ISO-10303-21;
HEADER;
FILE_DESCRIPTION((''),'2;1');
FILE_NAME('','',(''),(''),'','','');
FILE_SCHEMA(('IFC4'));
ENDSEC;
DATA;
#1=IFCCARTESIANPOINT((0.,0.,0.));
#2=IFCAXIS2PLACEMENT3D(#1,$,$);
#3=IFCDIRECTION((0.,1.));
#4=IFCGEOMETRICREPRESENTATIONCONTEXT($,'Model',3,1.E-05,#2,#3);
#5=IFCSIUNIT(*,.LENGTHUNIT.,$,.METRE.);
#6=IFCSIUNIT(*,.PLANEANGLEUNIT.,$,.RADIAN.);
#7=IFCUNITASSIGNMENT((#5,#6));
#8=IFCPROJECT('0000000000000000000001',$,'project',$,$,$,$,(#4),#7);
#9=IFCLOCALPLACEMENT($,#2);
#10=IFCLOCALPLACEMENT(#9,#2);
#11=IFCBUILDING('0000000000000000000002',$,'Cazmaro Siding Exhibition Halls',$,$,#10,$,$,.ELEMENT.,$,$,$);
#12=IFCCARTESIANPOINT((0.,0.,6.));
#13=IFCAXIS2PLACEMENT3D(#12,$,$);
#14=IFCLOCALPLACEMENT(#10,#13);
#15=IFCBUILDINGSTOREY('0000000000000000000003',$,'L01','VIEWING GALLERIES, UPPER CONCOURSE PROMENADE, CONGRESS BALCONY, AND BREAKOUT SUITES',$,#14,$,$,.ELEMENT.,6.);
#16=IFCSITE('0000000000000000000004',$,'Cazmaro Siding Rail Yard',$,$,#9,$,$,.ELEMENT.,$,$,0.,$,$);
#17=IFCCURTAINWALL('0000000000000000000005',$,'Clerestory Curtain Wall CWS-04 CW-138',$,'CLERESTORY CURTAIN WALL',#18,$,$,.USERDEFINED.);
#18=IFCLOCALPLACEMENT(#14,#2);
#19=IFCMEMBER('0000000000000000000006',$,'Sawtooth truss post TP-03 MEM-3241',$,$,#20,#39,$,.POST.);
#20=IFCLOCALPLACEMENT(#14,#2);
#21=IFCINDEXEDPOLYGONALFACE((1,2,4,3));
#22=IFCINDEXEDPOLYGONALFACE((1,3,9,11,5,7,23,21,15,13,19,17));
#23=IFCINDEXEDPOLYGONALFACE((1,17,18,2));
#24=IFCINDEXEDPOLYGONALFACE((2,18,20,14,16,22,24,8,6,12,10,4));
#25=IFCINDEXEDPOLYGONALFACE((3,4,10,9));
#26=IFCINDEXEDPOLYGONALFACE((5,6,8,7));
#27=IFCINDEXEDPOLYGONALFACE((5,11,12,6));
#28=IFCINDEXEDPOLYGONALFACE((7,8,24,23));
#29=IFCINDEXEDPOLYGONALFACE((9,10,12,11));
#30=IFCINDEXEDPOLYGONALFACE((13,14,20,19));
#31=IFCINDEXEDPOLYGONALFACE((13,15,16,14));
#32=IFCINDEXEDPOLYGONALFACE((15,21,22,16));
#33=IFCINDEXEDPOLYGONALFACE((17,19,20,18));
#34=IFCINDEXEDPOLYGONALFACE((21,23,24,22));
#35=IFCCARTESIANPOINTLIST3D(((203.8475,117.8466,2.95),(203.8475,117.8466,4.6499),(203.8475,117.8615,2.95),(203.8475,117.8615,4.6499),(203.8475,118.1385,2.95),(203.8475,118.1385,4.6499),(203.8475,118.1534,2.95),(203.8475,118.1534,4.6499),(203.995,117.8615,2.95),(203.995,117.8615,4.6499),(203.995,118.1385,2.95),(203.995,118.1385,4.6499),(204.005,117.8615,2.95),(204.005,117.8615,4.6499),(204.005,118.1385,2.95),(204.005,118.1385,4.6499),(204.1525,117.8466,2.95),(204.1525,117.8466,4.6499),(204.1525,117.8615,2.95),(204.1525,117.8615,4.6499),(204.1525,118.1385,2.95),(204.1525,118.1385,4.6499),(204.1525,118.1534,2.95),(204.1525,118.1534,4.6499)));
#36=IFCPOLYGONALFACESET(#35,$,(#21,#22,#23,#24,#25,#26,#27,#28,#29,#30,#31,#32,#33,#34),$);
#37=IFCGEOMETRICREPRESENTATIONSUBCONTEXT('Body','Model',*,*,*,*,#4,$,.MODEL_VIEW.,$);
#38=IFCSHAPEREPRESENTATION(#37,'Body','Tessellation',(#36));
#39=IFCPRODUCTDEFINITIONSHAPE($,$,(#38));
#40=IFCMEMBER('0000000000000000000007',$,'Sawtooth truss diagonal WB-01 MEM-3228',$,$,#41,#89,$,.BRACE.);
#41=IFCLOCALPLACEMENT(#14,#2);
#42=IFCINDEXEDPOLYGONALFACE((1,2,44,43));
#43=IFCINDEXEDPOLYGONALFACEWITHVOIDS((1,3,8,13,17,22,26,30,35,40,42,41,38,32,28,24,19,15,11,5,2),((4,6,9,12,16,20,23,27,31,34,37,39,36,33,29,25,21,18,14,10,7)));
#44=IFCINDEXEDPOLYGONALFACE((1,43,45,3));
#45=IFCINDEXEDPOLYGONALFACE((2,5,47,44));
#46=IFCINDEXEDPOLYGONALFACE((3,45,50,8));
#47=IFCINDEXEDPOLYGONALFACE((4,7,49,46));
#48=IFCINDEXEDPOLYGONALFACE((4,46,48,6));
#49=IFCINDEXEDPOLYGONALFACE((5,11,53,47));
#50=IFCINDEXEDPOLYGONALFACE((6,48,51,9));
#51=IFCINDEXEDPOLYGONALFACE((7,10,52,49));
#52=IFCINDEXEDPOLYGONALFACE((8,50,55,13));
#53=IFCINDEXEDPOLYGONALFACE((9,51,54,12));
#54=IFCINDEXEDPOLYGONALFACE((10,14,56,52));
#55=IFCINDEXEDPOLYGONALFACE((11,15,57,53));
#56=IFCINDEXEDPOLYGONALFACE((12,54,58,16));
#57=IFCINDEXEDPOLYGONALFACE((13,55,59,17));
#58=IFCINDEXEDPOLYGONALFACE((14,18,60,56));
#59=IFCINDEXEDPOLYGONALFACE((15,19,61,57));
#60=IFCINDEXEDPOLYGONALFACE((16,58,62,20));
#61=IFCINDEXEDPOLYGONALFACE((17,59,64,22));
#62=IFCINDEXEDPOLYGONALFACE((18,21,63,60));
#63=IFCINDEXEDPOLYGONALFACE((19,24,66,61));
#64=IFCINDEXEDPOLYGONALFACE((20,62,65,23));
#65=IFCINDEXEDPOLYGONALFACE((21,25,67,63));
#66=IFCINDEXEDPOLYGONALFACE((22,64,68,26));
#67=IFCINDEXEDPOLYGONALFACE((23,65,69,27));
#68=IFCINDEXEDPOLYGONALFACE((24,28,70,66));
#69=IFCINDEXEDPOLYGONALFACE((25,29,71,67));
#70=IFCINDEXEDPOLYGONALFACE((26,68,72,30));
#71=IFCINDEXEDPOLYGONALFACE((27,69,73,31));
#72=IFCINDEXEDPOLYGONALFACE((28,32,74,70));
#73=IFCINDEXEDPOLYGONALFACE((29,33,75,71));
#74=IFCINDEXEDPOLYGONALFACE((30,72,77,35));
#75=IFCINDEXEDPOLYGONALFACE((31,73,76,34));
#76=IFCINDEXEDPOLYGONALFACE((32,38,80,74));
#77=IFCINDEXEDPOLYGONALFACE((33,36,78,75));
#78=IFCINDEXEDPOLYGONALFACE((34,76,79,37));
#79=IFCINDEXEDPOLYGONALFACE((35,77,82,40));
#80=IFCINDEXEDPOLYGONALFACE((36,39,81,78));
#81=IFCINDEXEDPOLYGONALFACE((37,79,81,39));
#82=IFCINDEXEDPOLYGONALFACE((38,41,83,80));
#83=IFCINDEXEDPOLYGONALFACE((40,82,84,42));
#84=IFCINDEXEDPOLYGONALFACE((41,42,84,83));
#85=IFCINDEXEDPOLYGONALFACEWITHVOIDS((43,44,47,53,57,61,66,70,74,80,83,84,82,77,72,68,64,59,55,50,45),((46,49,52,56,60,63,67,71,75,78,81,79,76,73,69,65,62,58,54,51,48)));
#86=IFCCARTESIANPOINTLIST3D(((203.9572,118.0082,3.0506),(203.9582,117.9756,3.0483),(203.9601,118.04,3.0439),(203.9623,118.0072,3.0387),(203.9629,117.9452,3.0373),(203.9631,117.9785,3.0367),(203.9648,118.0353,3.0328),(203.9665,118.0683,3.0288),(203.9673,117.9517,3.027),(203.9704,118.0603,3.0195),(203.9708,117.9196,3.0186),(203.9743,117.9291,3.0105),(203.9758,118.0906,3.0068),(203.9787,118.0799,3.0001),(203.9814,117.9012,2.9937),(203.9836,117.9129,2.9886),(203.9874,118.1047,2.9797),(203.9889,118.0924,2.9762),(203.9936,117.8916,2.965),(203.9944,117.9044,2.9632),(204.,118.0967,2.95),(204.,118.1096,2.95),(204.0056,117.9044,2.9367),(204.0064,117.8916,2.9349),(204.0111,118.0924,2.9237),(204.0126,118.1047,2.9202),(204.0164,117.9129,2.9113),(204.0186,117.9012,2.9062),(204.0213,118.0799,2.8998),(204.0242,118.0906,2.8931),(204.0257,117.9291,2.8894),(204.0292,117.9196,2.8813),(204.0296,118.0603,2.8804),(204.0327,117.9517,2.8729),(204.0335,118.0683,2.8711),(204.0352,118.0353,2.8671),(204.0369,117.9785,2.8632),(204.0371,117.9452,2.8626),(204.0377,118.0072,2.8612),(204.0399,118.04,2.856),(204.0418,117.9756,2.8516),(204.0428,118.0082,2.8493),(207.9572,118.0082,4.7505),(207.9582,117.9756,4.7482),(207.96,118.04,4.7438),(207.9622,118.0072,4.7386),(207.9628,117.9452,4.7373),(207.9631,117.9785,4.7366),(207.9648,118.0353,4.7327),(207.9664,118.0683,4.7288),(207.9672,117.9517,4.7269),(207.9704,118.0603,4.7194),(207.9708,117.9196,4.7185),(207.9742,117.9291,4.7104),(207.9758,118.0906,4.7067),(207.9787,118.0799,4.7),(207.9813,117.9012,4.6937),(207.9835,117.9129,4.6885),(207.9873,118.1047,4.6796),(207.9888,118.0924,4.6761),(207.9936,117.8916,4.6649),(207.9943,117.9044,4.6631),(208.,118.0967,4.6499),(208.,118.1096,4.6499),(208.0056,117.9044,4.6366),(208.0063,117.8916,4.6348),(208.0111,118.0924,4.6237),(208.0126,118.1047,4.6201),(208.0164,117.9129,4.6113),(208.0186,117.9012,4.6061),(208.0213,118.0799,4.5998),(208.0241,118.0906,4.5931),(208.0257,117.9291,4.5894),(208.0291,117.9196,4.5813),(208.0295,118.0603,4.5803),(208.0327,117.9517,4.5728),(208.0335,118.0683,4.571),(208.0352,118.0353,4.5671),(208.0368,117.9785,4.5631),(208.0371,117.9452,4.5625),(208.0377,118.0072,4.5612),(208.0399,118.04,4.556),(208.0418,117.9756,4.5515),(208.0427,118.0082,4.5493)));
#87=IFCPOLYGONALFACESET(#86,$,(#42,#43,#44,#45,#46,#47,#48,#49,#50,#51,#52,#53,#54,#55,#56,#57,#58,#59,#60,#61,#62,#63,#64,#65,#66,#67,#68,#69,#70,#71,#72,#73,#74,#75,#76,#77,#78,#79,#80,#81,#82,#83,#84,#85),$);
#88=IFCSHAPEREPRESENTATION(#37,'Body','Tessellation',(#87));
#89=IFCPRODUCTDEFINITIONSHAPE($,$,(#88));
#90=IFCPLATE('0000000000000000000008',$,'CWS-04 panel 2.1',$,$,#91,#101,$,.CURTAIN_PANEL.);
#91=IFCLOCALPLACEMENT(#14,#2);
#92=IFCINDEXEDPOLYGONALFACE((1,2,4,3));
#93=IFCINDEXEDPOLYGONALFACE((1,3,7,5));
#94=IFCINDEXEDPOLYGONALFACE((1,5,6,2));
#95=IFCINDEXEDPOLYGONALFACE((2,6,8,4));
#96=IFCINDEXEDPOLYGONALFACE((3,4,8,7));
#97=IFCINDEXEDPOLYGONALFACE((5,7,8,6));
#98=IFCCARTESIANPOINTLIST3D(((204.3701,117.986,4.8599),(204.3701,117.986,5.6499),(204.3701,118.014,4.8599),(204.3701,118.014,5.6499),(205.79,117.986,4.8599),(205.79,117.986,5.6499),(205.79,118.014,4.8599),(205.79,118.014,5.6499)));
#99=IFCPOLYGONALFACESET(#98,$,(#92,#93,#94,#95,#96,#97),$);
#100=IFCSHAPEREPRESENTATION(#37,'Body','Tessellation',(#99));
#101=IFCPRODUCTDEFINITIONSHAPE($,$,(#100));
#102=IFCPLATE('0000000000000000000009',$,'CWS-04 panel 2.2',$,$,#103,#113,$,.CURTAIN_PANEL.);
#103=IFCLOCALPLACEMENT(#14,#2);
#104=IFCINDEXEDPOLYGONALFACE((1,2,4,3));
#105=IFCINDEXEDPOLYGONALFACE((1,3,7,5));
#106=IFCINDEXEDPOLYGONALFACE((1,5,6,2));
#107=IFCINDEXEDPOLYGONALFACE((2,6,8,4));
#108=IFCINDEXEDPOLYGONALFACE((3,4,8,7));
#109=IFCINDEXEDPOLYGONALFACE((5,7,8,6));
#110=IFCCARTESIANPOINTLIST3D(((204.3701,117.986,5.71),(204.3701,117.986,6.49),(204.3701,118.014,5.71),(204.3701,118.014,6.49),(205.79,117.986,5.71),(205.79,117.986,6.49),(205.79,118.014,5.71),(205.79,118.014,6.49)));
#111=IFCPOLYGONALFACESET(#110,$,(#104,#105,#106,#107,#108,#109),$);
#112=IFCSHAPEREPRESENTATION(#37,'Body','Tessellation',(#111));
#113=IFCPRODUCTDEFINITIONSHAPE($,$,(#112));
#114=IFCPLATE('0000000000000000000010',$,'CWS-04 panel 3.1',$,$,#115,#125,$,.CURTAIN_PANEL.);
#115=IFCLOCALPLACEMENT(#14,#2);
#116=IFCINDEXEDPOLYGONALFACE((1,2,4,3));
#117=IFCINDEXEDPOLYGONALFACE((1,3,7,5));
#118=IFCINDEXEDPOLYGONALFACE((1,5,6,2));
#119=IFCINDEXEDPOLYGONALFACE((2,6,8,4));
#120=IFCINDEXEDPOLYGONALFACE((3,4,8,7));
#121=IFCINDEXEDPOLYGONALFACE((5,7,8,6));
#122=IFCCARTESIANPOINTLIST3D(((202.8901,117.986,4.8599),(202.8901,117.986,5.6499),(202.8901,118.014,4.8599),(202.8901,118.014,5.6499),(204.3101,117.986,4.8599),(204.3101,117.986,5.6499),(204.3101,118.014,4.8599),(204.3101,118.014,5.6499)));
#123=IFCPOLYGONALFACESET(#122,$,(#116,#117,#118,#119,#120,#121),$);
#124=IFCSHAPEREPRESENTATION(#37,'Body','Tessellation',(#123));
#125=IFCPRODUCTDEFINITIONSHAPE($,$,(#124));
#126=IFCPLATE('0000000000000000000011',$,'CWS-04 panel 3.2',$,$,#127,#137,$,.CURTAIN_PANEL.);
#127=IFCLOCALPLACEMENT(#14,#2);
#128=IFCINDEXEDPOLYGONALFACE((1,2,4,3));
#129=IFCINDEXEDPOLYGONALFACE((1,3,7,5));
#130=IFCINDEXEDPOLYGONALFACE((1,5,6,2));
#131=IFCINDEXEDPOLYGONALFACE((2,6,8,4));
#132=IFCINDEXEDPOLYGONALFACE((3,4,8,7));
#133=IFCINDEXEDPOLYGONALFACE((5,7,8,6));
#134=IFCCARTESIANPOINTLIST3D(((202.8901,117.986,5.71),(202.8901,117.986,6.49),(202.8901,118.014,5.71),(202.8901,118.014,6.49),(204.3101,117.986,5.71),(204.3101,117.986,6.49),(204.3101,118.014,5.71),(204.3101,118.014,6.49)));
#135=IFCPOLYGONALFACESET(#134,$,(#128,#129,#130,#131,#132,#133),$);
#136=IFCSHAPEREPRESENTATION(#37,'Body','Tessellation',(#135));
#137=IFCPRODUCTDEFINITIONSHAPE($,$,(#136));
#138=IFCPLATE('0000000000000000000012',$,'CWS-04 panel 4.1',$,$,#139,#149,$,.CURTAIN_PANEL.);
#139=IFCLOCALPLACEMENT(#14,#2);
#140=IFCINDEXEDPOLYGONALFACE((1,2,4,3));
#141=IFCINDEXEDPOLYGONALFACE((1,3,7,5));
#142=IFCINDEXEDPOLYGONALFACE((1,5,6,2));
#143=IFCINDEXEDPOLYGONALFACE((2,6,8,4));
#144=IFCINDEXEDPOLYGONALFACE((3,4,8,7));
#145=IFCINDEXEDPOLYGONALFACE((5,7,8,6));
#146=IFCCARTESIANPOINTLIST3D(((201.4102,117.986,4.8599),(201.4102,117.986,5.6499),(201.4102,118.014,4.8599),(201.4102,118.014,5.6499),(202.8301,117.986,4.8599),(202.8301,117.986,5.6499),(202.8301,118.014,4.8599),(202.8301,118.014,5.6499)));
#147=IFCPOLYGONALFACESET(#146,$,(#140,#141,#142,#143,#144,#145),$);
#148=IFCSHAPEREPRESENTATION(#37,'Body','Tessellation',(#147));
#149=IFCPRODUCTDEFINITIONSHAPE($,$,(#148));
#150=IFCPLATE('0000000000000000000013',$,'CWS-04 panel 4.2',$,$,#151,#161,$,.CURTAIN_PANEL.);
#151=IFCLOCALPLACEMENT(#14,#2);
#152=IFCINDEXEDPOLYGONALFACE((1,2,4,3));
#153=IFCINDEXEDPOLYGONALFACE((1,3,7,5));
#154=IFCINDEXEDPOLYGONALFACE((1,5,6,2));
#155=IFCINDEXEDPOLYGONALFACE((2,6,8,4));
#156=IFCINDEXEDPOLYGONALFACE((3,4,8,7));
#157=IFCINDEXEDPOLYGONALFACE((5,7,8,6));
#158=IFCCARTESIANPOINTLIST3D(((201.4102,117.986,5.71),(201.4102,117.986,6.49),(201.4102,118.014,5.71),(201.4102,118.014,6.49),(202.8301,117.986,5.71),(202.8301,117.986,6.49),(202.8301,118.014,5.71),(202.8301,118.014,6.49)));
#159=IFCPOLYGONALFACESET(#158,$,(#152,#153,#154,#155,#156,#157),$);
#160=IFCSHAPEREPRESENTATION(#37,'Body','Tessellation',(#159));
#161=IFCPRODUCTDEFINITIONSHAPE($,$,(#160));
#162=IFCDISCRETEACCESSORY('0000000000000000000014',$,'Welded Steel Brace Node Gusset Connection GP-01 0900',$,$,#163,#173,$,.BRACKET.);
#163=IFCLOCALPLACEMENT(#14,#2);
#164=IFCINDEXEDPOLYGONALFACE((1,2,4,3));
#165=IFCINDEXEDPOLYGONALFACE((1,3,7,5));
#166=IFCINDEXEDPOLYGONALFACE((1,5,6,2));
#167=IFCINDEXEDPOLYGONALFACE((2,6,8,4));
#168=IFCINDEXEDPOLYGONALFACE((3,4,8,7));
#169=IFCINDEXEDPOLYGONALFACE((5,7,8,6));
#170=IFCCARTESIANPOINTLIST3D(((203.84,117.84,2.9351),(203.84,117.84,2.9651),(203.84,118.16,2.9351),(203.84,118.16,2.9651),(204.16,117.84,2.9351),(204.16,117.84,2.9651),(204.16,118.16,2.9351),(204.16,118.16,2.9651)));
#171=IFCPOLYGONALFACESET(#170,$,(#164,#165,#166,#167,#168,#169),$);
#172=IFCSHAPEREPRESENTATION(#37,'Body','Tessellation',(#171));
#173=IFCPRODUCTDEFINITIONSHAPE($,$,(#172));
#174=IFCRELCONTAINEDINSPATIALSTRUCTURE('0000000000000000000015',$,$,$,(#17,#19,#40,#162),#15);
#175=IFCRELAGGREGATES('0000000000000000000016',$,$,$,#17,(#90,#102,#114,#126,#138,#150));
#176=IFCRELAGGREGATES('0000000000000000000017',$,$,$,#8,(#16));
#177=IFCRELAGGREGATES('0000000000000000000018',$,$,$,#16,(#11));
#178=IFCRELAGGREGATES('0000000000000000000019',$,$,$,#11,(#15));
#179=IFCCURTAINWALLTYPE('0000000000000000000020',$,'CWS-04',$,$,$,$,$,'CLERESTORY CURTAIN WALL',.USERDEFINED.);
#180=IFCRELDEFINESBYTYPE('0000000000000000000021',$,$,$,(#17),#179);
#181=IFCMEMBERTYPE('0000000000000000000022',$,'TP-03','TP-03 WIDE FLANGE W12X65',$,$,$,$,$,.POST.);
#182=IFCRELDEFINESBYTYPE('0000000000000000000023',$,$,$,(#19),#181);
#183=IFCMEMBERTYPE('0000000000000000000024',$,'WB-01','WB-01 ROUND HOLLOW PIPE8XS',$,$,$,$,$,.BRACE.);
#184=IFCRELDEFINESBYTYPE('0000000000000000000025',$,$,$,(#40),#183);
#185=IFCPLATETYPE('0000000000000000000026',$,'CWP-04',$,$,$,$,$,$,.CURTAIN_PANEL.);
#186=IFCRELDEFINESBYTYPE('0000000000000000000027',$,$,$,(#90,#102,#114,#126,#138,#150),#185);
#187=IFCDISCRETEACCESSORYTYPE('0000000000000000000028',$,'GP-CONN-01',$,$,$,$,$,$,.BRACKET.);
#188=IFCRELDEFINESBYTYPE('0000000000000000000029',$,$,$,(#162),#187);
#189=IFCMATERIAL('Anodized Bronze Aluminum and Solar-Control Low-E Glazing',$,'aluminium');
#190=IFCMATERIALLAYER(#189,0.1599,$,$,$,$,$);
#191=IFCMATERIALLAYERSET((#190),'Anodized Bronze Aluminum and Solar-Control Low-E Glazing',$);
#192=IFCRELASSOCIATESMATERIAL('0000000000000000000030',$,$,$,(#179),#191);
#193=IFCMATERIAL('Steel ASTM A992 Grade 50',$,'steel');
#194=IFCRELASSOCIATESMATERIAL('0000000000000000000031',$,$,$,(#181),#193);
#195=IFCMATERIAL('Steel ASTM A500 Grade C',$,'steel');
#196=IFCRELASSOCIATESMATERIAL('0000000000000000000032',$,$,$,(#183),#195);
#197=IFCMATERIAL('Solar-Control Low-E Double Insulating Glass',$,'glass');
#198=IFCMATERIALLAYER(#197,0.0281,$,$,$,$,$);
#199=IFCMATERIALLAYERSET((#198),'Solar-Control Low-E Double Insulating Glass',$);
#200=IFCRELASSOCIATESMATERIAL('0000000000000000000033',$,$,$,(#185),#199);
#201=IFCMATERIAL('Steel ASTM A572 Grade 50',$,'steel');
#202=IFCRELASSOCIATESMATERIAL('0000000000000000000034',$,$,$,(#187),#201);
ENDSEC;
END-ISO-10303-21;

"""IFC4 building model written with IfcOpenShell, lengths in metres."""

from ifc_helpers import new_model, si_unit, direction, frame, origin, origin_2d, place, context, subcontext, project, spatial, rectangle, hollow_circle, i_section, extrude, material, layer, layer_set, material_profile, profile_set, type_object, element, aggregate, save


model = new_model("IFC4")

# Units and contexts
model_context = context("Model", 3, precision=1e-05, world=origin(), true_north=direction((0.0, 1.0)))
body_context = subcontext(model_context, "Body", "Model", "MODEL_VIEW")
ifc_project = project(units=[si_unit("LENGTHUNIT", "METRE"), si_unit("PLANEANGLEUNIT", "RADIAN")], contexts=[model_context])

# Site, building, storey
site_placement = place(None, origin())
site = spatial("IfcSite", under=ifc_project, at=site_placement, Name="Cazmaro Siding Rail Yard", CompositionType="ELEMENT", RefElevation=0.0)
building_placement = place(site_placement, origin())
building = spatial("IfcBuilding", under=site, at=building_placement, Name="Cazmaro Siding Exhibition Halls", CompositionType="ELEMENT")
storey_placement = place(building_placement, frame((0.0, 0.0, 6.0)))
storey = spatial("IfcBuildingStorey", under=building, at=storey_placement, Name="L01", Description="VIEWING GALLERIES, UPPER CONCOURSE PROMENADE, CONGRESS BALCONY, AND BREAKOUT SUITES", CompositionType="ELEMENT", Elevation=6.0)

# Curtain wall
ifc_material_1 = material(Name="Anodized Bronze Aluminum and Solar-Control Low-E Glazing", Category="aluminium")
ifc_layer_1 = layer(ifc_material_1, 0.1599)
ifc_layer_set_1 = layer_set([ifc_layer_1], Name="Anodized Bronze Aluminum and Solar-Control Low-E Glazing")
curtain_wall_type = type_object("IfcCurtainWallType", Name="CWS-04", ElementType="CLERESTORY CURTAIN WALL", PredefinedType="USERDEFINED", material=ifc_layer_set_1)
curtain_wall_placement = place(storey_placement, origin())
curtain_wall = element("IfcCurtainWall", 1, at=curtain_wall_placement, inside=storey, type_object=curtain_wall_type, Name="Clerestory Curtain Wall CWS-04 CW-138", ObjectType="CLERESTORY CURTAIN WALL", PredefinedType="USERDEFINED")

# Members
ifc_material_2 = material(Name="Steel ASTM A992 Grade 50", Category="steel")
ifc_material_profile_1 = material_profile(ifc_material_2, i_section(OverallWidth=0.3049, OverallDepth=0.3069, WebThickness=0.01, FlangeThickness=0.0149, at=origin_2d()), Name="W12X65")
ifc_profile_set_1 = profile_set([ifc_material_profile_1], Name="Steel ASTM A992 Grade 50")
member_type_1 = type_object("IfcMemberType", Name="TP-03", Description="TP-03 WIDE FLANGE W12X65", PredefinedType="POST", material=ifc_profile_set_1)
member_1_placement = place(storey_placement, frame((204.0, 118.0, 2.95), z_axis=(0.0, 0.0, 1.0), x_axis=(1.0, 0.0, 0.0)))
element("IfcMember", 2, at=member_1_placement, inside=storey, type_object=member_type_1, Name="Sawtooth truss post TP-03 MEM-3241", PredefinedType="POST", context=body_context, shape_type="SweptSolid", body=[
    extrude(i_section(OverallWidth=0.3049, OverallDepth=0.3069, WebThickness=0.01, FlangeThickness=0.0149, at=origin_2d()), origin(), (0.0, 0.0, 1.0), 1.7),
])
ifc_material_3 = material(Name="Steel ASTM A500 Grade C", Category="steel")
ifc_material_profile_2 = material_profile(ifc_material_3, hollow_circle(Radius=0.1096, WallThickness=0.0129, at=origin_2d()), Name="PIPE8XS")
ifc_profile_set_2 = profile_set([ifc_material_profile_2], Name="Steel ASTM A500 Grade C")
member_type_2 = type_object("IfcMemberType", Name="WB-01", Description="WB-01 ROUND HOLLOW PIPE8XS", PredefinedType="BRACE", material=ifc_profile_set_2)
member_2_placement = place(storey_placement, frame((204.0, 118.0, 2.95), z_axis=(0.920335, 0.0, 0.391131), x_axis=(0.0, 1.0, 0.0)))
element("IfcMember", 3, at=member_2_placement, inside=storey, type_object=member_type_2, Name="Sawtooth truss diagonal WB-01 MEM-3228", PredefinedType="BRACE", context=body_context, shape_type="SweptSolid", body=[
    extrude(hollow_circle(Radius=0.1096, WallThickness=0.0129, at=origin_2d()), origin(), (0.0, 0.0, 1.0), 4.3462),
])

# Plates
ifc_material_4 = material(Name="Solar-Control Low-E Double Insulating Glass", Category="glass")
ifc_layer_2 = layer(ifc_material_4, 0.0281)
ifc_layer_set_2 = layer_set([ifc_layer_2], Name="Solar-Control Low-E Double Insulating Glass")
plate_type = type_object("IfcPlateType", Name="CWP-04", PredefinedType="CURTAIN_PANEL", material=ifc_layer_set_2)
plate_1_placement = place(storey_placement, frame((205.0801, 118.0, 4.8599), z_axis=(0.0, 0.0, 1.0), x_axis=(-1.0, 0.0, 0.0)))
plate_1 = element("IfcPlate", 4, at=plate_1_placement, type_object=plate_type, Name="CWS-04 panel 2.1", PredefinedType="CURTAIN_PANEL", context=body_context, shape_type="SweptSolid", body=[
    extrude(rectangle(XDim=1.4199, YDim=0.0281, at=origin_2d()), origin(), (0.0, 0.0, 1.0), 0.79),
])
plate_2_placement = place(storey_placement, frame((205.0801, 118.0, 5.71), z_axis=(0.0, 0.0, 1.0), x_axis=(-1.0, 0.0, 0.0)))
plate_2 = element("IfcPlate", 5, at=plate_2_placement, type_object=plate_type, Name="CWS-04 panel 2.2", PredefinedType="CURTAIN_PANEL", context=body_context, shape_type="SweptSolid", body=[
    extrude(rectangle(XDim=1.4199, YDim=0.0281, at=origin_2d()), origin(), (0.0, 0.0, 1.0), 0.78),
])
plate_3_placement = place(storey_placement, frame((203.6001, 118.0, 4.8599), z_axis=(0.0, 0.0, 1.0), x_axis=(-1.0, 0.0, 0.0)))
plate_3 = element("IfcPlate", 6, at=plate_3_placement, type_object=plate_type, Name="CWS-04 panel 3.1", PredefinedType="CURTAIN_PANEL", context=body_context, shape_type="SweptSolid", body=[
    extrude(rectangle(XDim=1.4199, YDim=0.0281, at=origin_2d()), origin(), (0.0, 0.0, 1.0), 0.79),
])
plate_4_placement = place(storey_placement, frame((203.6001, 118.0, 5.71), z_axis=(0.0, 0.0, 1.0), x_axis=(-1.0, 0.0, 0.0)))
plate_4 = element("IfcPlate", 7, at=plate_4_placement, type_object=plate_type, Name="CWS-04 panel 3.2", PredefinedType="CURTAIN_PANEL", context=body_context, shape_type="SweptSolid", body=[
    extrude(rectangle(XDim=1.4199, YDim=0.0281, at=origin_2d()), origin(), (0.0, 0.0, 1.0), 0.78),
])
plate_5_placement = place(storey_placement, frame((202.1201, 118.0, 4.8599), z_axis=(0.0, 0.0, 1.0), x_axis=(-1.0, 0.0, 0.0)))
plate_5 = element("IfcPlate", 8, at=plate_5_placement, type_object=plate_type, Name="CWS-04 panel 4.1", PredefinedType="CURTAIN_PANEL", context=body_context, shape_type="SweptSolid", body=[
    extrude(rectangle(XDim=1.4199, YDim=0.0281, at=origin_2d()), origin(), (0.0, 0.0, 1.0), 0.79),
])
plate_6_placement = place(storey_placement, frame((202.1201, 118.0, 5.71), z_axis=(0.0, 0.0, 1.0), x_axis=(-1.0, 0.0, 0.0)))
plate_6 = element("IfcPlate", 9, at=plate_6_placement, type_object=plate_type, Name="CWS-04 panel 4.2", PredefinedType="CURTAIN_PANEL", context=body_context, shape_type="SweptSolid", body=[
    extrude(rectangle(XDim=1.4199, YDim=0.0281, at=origin_2d()), origin(), (0.0, 0.0, 1.0), 0.78),
])
aggregate(curtain_wall, [plate_1, plate_2, plate_3, plate_4, plate_5, plate_6])

# Discrete accessory
ifc_material_5 = material(Name="Steel ASTM A572 Grade 50", Category="steel")
discrete_accessory_type = type_object("IfcDiscreteAccessoryType", Name="GP-CONN-01", PredefinedType="BRACKET", material=ifc_material_5)
discrete_accessory_placement = place(storey_placement, frame((204.0, 118.0, 2.9351), z_axis=(0.0, 0.0, 1.0), x_axis=(1.0, 0.0, 0.0)))
element("IfcDiscreteAccessory", 10, at=discrete_accessory_placement, inside=storey, type_object=discrete_accessory_type, Name="Welded Steel Brace Node Gusset Connection GP-01 0900", PredefinedType="BRACKET", context=body_context, shape_type="SweptSolid", body=[
    extrude(rectangle(XDim=0.3201, YDim=0.3201, at=origin_2d()), origin(), (0.0, 0.0, 1.0), 0.03),
])

save(model, "model.ifc")
